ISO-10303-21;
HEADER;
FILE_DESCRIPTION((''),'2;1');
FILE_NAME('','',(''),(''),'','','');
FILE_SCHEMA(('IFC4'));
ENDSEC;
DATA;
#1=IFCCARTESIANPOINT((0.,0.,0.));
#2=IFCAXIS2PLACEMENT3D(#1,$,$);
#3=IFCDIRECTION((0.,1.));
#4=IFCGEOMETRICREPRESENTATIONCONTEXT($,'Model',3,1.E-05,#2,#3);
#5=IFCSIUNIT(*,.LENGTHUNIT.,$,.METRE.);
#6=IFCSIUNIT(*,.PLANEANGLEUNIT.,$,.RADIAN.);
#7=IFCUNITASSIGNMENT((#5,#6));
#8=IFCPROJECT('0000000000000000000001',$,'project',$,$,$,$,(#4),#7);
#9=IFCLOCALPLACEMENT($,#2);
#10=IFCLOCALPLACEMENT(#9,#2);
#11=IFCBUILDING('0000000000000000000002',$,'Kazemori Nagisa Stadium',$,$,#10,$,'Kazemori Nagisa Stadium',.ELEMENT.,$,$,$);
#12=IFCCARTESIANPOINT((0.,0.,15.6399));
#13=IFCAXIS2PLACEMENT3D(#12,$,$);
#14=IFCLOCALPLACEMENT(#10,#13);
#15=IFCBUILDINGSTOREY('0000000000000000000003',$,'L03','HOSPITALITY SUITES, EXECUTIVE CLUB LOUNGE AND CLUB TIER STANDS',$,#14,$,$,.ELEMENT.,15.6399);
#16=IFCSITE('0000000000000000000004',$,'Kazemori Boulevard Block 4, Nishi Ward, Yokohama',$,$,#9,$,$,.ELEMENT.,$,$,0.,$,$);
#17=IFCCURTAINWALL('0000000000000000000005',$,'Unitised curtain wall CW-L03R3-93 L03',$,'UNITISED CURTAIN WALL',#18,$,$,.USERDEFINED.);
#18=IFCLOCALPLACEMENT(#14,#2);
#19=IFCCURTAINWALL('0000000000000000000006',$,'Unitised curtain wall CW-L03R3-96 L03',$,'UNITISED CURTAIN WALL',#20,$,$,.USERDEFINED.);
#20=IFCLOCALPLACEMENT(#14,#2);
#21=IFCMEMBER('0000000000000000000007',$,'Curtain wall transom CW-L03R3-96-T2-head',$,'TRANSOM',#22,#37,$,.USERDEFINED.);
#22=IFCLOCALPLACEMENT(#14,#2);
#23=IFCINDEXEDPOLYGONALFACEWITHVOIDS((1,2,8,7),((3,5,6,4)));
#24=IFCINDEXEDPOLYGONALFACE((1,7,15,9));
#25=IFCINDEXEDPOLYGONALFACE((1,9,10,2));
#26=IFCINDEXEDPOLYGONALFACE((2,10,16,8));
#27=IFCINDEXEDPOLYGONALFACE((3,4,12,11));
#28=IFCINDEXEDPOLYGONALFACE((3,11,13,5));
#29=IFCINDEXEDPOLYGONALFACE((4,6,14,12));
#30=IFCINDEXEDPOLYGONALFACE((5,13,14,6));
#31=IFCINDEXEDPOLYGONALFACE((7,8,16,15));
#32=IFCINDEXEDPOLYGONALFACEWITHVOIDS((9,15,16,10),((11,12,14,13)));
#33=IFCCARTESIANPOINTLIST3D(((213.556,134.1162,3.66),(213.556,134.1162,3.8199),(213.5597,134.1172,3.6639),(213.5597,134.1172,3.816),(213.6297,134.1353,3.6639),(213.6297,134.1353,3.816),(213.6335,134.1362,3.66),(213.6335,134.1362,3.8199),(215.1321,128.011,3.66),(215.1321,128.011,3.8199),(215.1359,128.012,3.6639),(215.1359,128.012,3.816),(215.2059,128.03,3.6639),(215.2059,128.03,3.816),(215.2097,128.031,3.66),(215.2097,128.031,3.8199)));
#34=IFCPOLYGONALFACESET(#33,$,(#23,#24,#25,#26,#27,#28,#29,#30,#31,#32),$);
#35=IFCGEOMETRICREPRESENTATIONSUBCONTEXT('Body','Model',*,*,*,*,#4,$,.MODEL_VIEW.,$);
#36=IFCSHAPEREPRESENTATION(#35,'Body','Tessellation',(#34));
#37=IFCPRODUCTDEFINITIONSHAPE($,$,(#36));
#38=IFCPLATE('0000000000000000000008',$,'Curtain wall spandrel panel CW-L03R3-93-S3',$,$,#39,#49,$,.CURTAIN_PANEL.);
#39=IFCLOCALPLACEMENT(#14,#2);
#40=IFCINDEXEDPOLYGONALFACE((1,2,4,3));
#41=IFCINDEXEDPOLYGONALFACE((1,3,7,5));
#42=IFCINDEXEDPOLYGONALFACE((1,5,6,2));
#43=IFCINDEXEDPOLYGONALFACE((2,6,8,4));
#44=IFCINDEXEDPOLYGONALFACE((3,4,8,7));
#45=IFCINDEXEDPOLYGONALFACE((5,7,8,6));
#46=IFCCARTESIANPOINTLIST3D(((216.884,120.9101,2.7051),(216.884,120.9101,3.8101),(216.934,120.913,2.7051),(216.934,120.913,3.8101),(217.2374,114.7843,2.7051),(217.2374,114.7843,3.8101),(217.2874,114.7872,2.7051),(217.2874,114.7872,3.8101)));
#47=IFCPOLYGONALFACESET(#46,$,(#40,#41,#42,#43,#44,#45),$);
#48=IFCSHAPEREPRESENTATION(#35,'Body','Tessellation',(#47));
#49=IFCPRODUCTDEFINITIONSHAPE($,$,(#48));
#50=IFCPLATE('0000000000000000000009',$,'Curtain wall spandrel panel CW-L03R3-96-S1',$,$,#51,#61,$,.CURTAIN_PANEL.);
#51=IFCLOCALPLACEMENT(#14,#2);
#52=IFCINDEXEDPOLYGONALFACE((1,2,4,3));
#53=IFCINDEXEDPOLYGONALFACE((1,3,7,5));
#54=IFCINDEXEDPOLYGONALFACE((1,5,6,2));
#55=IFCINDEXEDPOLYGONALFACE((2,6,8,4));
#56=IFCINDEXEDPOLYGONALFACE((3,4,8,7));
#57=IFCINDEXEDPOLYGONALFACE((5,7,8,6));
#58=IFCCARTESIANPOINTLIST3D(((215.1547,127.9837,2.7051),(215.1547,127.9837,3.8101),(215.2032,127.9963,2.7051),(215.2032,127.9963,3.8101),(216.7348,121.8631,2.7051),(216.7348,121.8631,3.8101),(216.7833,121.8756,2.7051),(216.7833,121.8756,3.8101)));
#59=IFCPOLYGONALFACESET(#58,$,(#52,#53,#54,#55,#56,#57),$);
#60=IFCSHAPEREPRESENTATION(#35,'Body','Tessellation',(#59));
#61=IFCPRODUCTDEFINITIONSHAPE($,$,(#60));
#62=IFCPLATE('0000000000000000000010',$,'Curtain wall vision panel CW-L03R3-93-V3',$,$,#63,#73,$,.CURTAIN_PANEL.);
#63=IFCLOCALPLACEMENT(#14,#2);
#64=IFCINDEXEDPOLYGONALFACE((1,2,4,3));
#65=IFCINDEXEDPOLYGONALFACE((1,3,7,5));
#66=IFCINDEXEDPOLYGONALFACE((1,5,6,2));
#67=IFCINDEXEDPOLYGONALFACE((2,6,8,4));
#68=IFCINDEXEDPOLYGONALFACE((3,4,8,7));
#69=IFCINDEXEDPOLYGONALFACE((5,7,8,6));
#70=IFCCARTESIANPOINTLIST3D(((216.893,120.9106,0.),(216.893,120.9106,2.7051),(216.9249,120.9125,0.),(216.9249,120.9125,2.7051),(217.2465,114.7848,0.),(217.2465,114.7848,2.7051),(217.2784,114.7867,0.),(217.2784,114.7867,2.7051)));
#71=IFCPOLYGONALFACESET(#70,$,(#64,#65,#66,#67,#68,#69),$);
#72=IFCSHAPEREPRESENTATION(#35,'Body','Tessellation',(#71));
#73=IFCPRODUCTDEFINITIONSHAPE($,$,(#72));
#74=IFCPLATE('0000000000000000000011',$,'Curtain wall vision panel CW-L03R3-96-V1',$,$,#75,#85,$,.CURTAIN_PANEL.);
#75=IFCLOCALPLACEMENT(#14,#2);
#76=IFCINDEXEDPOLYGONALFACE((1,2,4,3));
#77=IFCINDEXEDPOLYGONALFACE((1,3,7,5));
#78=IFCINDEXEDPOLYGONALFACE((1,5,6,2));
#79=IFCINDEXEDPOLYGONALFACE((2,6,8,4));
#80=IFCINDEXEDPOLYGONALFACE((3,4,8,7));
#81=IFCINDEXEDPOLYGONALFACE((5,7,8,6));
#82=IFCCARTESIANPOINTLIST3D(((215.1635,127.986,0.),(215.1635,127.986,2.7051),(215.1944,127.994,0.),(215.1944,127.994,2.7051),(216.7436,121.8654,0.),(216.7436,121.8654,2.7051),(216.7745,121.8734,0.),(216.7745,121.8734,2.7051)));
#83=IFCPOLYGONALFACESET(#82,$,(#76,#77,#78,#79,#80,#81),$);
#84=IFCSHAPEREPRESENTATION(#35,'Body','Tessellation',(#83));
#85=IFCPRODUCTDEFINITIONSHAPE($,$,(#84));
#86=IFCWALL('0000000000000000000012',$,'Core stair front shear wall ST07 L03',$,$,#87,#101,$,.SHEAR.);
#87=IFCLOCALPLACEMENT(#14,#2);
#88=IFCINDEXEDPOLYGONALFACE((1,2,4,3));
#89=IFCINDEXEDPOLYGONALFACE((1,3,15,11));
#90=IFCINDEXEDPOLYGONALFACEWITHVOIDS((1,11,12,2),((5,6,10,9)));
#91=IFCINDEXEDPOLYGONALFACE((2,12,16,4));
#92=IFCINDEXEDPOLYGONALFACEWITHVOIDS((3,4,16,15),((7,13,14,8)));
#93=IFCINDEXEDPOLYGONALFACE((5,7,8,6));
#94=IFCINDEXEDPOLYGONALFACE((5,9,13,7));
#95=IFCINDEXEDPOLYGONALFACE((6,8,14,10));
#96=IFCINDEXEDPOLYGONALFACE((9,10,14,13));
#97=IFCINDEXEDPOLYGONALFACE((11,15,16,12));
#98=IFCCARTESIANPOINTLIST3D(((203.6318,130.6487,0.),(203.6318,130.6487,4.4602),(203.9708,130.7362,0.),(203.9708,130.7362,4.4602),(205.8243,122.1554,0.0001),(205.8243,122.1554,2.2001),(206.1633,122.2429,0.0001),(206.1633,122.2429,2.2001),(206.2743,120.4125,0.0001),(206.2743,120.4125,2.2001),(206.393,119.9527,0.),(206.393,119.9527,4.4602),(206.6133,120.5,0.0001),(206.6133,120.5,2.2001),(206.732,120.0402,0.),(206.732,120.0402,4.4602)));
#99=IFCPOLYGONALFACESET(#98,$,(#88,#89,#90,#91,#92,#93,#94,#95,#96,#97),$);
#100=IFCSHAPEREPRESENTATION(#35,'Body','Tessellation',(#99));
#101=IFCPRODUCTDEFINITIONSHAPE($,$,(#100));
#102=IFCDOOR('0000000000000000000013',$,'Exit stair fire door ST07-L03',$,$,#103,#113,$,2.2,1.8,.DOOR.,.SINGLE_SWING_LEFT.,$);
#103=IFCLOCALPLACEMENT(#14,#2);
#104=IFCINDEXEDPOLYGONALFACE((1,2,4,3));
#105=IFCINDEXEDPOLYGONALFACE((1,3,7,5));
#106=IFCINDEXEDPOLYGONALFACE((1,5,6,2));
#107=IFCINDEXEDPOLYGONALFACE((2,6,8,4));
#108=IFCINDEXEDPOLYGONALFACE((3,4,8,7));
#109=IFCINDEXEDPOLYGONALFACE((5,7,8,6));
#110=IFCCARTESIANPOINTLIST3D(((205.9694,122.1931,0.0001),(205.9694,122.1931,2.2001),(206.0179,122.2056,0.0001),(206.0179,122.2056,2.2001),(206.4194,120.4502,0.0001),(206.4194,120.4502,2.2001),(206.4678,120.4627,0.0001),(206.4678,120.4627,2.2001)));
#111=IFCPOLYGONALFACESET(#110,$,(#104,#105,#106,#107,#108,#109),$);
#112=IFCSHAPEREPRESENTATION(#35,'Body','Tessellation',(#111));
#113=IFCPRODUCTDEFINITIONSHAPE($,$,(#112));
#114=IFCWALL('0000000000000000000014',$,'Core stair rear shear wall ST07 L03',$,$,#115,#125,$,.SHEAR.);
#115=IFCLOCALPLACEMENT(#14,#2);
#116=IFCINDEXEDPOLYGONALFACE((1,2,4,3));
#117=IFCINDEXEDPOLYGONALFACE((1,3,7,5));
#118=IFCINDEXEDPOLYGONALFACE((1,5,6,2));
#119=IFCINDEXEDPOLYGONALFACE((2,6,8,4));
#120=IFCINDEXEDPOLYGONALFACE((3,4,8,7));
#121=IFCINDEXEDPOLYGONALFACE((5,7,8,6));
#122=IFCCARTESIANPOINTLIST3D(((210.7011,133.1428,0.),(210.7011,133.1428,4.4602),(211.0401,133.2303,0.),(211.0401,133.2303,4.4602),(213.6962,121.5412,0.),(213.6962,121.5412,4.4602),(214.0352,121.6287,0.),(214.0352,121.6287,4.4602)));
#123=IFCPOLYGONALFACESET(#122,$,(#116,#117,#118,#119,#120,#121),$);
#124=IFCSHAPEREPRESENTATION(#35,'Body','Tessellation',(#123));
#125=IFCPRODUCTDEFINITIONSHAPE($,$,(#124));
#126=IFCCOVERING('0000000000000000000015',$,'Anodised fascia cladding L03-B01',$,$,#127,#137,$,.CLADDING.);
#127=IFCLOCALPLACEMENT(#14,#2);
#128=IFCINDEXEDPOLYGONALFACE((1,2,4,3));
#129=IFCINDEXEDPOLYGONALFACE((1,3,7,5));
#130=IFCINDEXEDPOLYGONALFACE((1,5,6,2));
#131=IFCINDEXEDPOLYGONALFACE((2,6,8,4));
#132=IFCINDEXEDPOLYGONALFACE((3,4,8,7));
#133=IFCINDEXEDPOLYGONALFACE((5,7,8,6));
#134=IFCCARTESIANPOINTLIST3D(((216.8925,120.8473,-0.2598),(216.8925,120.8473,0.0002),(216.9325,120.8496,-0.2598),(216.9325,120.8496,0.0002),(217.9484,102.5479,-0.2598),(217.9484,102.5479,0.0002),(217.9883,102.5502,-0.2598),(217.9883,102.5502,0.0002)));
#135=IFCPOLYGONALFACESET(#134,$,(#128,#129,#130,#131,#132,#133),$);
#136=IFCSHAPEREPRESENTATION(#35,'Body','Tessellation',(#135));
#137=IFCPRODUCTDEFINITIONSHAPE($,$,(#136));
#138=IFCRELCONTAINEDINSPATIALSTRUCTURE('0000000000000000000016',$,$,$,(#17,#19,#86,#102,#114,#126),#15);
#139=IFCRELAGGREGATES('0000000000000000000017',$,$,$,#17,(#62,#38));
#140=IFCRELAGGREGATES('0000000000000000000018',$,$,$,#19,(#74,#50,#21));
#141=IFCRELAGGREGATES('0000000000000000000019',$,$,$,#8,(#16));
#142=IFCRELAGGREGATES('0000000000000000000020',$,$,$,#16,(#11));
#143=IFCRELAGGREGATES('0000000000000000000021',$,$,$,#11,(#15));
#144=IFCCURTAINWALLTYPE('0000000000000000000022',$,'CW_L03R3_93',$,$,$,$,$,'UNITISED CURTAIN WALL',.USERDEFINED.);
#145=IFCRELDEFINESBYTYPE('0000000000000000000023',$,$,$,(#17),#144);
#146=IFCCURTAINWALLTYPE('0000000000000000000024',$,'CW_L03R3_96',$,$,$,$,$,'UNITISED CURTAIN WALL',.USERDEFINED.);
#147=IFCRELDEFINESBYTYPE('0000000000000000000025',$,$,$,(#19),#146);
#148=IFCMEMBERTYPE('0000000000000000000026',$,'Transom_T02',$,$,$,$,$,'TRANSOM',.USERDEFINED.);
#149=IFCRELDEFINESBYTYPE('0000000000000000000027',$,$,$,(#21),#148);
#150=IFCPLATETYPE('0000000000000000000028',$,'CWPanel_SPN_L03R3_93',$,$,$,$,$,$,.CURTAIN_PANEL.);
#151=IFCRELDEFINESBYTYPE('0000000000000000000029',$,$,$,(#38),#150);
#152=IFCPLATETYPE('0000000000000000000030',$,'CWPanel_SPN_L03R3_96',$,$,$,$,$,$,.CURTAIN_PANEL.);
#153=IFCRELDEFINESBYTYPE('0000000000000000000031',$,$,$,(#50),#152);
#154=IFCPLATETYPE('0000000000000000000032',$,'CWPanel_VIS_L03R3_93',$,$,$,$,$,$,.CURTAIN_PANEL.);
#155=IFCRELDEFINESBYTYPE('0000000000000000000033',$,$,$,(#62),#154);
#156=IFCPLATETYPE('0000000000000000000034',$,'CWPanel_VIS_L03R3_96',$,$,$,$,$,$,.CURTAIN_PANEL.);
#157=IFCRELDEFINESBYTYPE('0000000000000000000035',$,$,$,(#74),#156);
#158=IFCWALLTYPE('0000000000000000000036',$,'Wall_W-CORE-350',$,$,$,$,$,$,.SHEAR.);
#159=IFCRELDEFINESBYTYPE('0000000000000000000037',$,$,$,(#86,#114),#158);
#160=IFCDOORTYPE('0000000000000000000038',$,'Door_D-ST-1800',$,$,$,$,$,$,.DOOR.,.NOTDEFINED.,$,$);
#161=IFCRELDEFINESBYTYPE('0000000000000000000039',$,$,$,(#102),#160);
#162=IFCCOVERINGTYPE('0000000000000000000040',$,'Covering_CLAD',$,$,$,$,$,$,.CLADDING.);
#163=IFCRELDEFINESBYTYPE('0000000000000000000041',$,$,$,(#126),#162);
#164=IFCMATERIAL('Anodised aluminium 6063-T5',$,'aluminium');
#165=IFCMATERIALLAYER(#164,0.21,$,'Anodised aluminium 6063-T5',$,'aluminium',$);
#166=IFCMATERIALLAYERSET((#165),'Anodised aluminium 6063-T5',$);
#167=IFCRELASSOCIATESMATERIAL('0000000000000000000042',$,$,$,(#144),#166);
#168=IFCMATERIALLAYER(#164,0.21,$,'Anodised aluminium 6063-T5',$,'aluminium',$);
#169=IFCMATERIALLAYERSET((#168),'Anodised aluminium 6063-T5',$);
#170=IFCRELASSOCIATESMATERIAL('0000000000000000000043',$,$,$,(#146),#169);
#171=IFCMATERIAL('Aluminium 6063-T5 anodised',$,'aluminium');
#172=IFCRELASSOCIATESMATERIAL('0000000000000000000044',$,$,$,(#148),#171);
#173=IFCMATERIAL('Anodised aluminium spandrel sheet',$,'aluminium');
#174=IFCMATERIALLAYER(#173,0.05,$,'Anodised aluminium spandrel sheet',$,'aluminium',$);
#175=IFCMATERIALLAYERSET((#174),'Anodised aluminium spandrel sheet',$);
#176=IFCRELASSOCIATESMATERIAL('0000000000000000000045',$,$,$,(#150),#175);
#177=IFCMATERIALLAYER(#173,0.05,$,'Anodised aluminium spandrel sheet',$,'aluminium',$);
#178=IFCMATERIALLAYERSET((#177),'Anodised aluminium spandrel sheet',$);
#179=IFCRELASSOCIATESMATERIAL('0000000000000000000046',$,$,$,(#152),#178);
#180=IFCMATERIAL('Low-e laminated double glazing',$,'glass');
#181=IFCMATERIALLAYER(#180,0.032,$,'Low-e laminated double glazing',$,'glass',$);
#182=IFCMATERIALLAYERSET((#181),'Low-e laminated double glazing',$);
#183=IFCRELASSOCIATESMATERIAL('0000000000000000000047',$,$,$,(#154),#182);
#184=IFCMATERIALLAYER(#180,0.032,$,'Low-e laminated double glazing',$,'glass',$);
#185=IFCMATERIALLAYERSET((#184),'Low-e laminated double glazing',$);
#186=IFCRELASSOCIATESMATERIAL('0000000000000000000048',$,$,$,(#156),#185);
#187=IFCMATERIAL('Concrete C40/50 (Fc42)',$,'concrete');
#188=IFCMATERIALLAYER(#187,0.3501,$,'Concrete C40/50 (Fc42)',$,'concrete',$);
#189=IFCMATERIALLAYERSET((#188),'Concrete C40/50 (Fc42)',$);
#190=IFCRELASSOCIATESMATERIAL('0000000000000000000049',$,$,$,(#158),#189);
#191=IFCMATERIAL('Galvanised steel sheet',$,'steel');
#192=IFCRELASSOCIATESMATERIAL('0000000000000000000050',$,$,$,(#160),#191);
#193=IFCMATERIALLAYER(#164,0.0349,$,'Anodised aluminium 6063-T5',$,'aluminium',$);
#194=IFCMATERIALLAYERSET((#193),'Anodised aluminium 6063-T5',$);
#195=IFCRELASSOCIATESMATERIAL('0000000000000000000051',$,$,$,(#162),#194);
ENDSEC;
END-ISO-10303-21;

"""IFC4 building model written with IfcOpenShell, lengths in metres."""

from ifc_helpers import new_model, si_unit, direction, frame, frame_2d, origin, origin_2d, place, context, subcontext, project, spatial, rectangle, hollow_rectangle, extrude, material, layer, layer_set, material_profile, profile_set, type_object, element, fill, aggregate, save


model = new_model("IFC4")

# Units and contexts
model_context = context("Model", 3, precision=1e-05, world=origin(), true_north=direction((0.0, 1.0)))
body_context = subcontext(model_context, "Body", "Model", "MODEL_VIEW")
ifc_project = project(units=[si_unit("LENGTHUNIT", "METRE"), si_unit("PLANEANGLEUNIT", "RADIAN")], contexts=[model_context])

# Site, building, storey
site_placement = place(None, origin())
site = spatial("IfcSite", under=ifc_project, at=site_placement, Name="Kazemori Boulevard Block 4, Nishi Ward, Yokohama", CompositionType="ELEMENT", RefElevation=0.0)
building_placement = place(site_placement, origin())
building = spatial("IfcBuilding", under=site, at=building_placement, Name="Kazemori Nagisa Stadium", LongName="Kazemori Nagisa Stadium", CompositionType="ELEMENT")
storey_placement = place(building_placement, frame((0.0, 0.0, 15.6399)))
storey = spatial("IfcBuildingStorey", under=building, at=storey_placement, Name="L03", Description="HOSPITALITY SUITES, EXECUTIVE CLUB LOUNGE AND CLUB TIER STANDS", CompositionType="ELEMENT", Elevation=15.6399)

# Shared definitions
ifc_material_1 = material(Name="Concrete C40/50 (Fc42)", Category="concrete")

# Curtain walls
ifc_material_2 = material(Name="Anodised aluminium 6063-T5", Category="aluminium")
ifc_layer_1 = layer(ifc_material_2, 0.21, Name="Anodised aluminium 6063-T5", Category="aluminium")
ifc_layer_set_1 = layer_set([ifc_layer_1], Name="Anodised aluminium 6063-T5")
curtain_wall_type_1 = type_object("IfcCurtainWallType", Name="CW_L03R3_93", ElementType="UNITISED CURTAIN WALL", PredefinedType="USERDEFINED", material=ifc_layer_set_1)
curtain_wall_1_placement = place(storey_placement, origin())
curtain_wall_1 = element("IfcCurtainWall", 1, at=curtain_wall_1_placement, inside=storey, type_object=curtain_wall_type_1, Name="Unitised curtain wall CW-L03R3-93 L03", ObjectType="UNITISED CURTAIN WALL", PredefinedType="USERDEFINED")
ifc_material_3 = material(Name="Aluminium 6063-T5 anodised", Category="aluminium")
ifc_layer_2 = layer(ifc_material_2, 0.21, Name="Anodised aluminium 6063-T5", Category="aluminium")
ifc_layer_set_2 = layer_set([ifc_layer_2], Name="Anodised aluminium 6063-T5")
curtain_wall_type_2 = type_object("IfcCurtainWallType", Name="CW_L03R3_96", ElementType="UNITISED CURTAIN WALL", PredefinedType="USERDEFINED", material=ifc_layer_set_2)
curtain_wall_2_placement = place(storey_placement, origin())
curtain_wall_2 = element("IfcCurtainWall", 2, at=curtain_wall_2_placement, inside=storey, type_object=curtain_wall_type_2, Name="Unitised curtain wall CW-L03R3-96 L03", ObjectType="UNITISED CURTAIN WALL", PredefinedType="USERDEFINED")

# Member
ifc_material_profile_1 = material_profile(ifc_material_3, hollow_rectangle(XDim=0.0801, YDim=0.1599, WallThickness=0.0039, at=origin_2d()), Name="ALU-TRAN-80x160x4")
ifc_profile_set_1 = profile_set([ifc_material_profile_1], Name="Aluminium 6063-T5 anodised")
member_type_1 = type_object("IfcMemberType", Name="Transom_T02", ElementType="TRANSOM", PredefinedType="USERDEFINED", material=ifc_profile_set_1)
member_1_placement = place(storey_placement, frame((215.1709, 128.021, 3.74), z_axis=(-0.249972, 0.968253, 0.0), x_axis=(-0.968253, -0.249972, 0.0)))
member_1 = element("IfcMember", 3, at=member_1_placement, type_object=member_type_1, Name="Curtain wall transom CW-L03R3-96-T2-head", ObjectType="TRANSOM", PredefinedType="USERDEFINED", context=body_context, shape_type="SweptSolid", body=[
    extrude(hollow_rectangle(XDim=0.0801, YDim=0.1599, WallThickness=0.0039, at=origin_2d()), origin(), (0.0, 0.0, 1.0), 6.3054),
])

# Plates
ifc_material_4 = material(Name="Anodised aluminium spandrel sheet", Category="aluminium")
ifc_layer_3 = layer(ifc_material_4, 0.05, Name="Anodised aluminium spandrel sheet", Category="aluminium")
ifc_layer_set_3 = layer_set([ifc_layer_3], Name="Anodised aluminium spandrel sheet")
plate_type_1 = type_object("IfcPlateType", Name="CWPanel_SPN_L03R3_93", PredefinedType="CURTAIN_PANEL", material=ifc_layer_set_3)
plate_1_placement = place(storey_placement, frame((217.0857, 117.8486, 2.7051), z_axis=(0.0, 0.0, 1.0), x_axis=(-0.057602, 0.99834, 0.0)))
plate_1 = element("IfcPlate", 4, at=plate_1_placement, type_object=plate_type_1, Name="Curtain wall spandrel panel CW-L03R3-93-S3", PredefinedType="CURTAIN_PANEL", context=body_context, shape_type="SweptSolid", body=[
    extrude(rectangle(XDim=6.136, YDim=0.05, at=origin_2d()), origin(), (0.0, 0.0, 1.0), 1.105),
])
ifc_layer_4 = layer(ifc_material_4, 0.05, Name="Anodised aluminium spandrel sheet", Category="aluminium")
ifc_layer_set_4 = layer_set([ifc_layer_4], Name="Anodised aluminium spandrel sheet")
plate_type_2 = type_object("IfcPlateType", Name="CWPanel_SPN_L03R3_96", PredefinedType="CURTAIN_PANEL", material=ifc_layer_set_4)
plate_2_placement = place(storey_placement, frame((215.969, 124.9297, 2.7051), z_axis=(0.0, 0.0, 1.0), x_axis=(-0.249965, 0.968255, 0.0)))
plate_2 = element("IfcPlate", 5, at=plate_2_placement, type_object=plate_type_2, Name="Curtain wall spandrel panel CW-L03R3-96-S1", PredefinedType="CURTAIN_PANEL", context=body_context, shape_type="SweptSolid", body=[
    extrude(rectangle(XDim=6.3213, YDim=0.05, at=origin_2d()), origin(), (0.0, 0.0, 1.0), 1.105),
])
ifc_material_5 = material(Name="Low-e laminated double glazing", Category="glass")
ifc_layer_5 = layer(ifc_material_5, 0.032, Name="Low-e laminated double glazing", Category="glass")
ifc_layer_set_5 = layer_set([ifc_layer_5], Name="Low-e laminated double glazing")
plate_type_3 = type_object("IfcPlateType", Name="CWPanel_VIS_L03R3_93", PredefinedType="CURTAIN_PANEL", material=ifc_layer_set_5)
plate_3_placement = place(storey_placement, frame((217.0857, 117.8486, 0.0), z_axis=(0.0, 0.0, 1.0), x_axis=(-0.057602, 0.99834, 0.0)))
plate_3 = element("IfcPlate", 6, at=plate_3_placement, type_object=plate_type_3, Name="Curtain wall vision panel CW-L03R3-93-V3", PredefinedType="CURTAIN_PANEL", context=body_context, shape_type="SweptSolid", body=[
    extrude(rectangle(XDim=6.136, YDim=0.032, at=origin_2d()), origin(), (0.0, 0.0, 1.0), 2.7051),
])
aggregate(curtain_wall_1, [plate_3, plate_1])
ifc_layer_6 = layer(ifc_material_5, 0.032, Name="Low-e laminated double glazing", Category="glass")
ifc_layer_set_6 = layer_set([ifc_layer_6], Name="Low-e laminated double glazing")
plate_type_4 = type_object("IfcPlateType", Name="CWPanel_VIS_L03R3_96", PredefinedType="CURTAIN_PANEL", material=ifc_layer_set_6)
plate_4_placement = place(storey_placement, frame((215.969, 124.9297, 0.0), z_axis=(0.0, 0.0, 1.0), x_axis=(-0.249965, 0.968255, 0.0)))
plate_4 = element("IfcPlate", 7, at=plate_4_placement, type_object=plate_type_4, Name="Curtain wall vision panel CW-L03R3-96-V1", PredefinedType="CURTAIN_PANEL", context=body_context, shape_type="SweptSolid", body=[
    extrude(rectangle(XDim=6.3213, YDim=0.032, at=origin_2d()), origin(), (0.0, 0.0, 1.0), 2.7051),
])
aggregate(curtain_wall_2, [plate_4, plate_2, member_1])

# Wall, opening, door
ifc_layer_7 = layer(ifc_material_1, 0.3501, Name="Concrete C40/50 (Fc42)", Category="concrete")
ifc_layer_set_7 = layer_set([ifc_layer_7], Name="Concrete C40/50 (Fc42)")
wall_type = type_object("IfcWallType", Name="Wall_W-CORE-350", PredefinedType="SHEAR", material=ifc_layer_set_7)
wall_1_placement = place(storey_placement, frame((206.5625, 119.9963, 0.0), z_axis=(0.0, 0.0, 1.0), x_axis=(-0.24996, 0.968256, 0.0)))
wall_1 = element("IfcWall", 8, at=wall_1_placement, inside=storey, type_object=wall_type, Name="Core stair front shear wall ST07 L03", PredefinedType="SHEAR", context=body_context, shape_type="SweptSolid", body=[
    extrude(rectangle(XDim=11.0466, YDim=0.3501, at=frame_2d((5.5234, 0.0))), origin(), (0.0, 0.0, 1.0), 4.4602),
])
opening_placement = place(wall_1_placement, frame((0.4751, 0.0, 0.0)))
opening = element("IfcOpeningElement", 9, at=opening_placement, cuts=wall_1, PredefinedType="OPENING", context=body_context, shape_type="SweptSolid", body=[
    extrude(rectangle(XDim=1.8, YDim=2.2, at=frame_2d((0.8999, 1.1001))), frame((0.0, 0.1851, 0.0), z_axis=(0.0, -1.0, 0.0), x_axis=(1.0, 0.0, 0.0)), (0.0, 0.0, 1.0), 0.3701),
])
ifc_material_6 = material(Name="Galvanised steel sheet", Category="steel")
door_type = type_object("IfcDoorType", Name="Door_D-ST-1800", OperationType="NOTDEFINED", PredefinedType="DOOR", material=ifc_material_6)
door_placement = place(opening_placement, frame((1.8, 0.0, 0.0), z_axis=(0.0, 0.0, 1.0), x_axis=(-1.0, 0.0, 0.0)))
door = element("IfcDoor", 10, at=door_placement, inside=storey, type_object=door_type, Name="Exit stair fire door ST07-L03", OperationType="SINGLE_SWING_LEFT", OverallHeight=2.2, OverallWidth=1.8, PredefinedType="DOOR", context=body_context, shape_type="SweptSolid", body=[
    extrude(rectangle(XDim=1.8, YDim=2.2, at=frame_2d((0.8999, 1.1001))), frame((0.0, 0.0249, 0.0), z_axis=(0.0, -1.0, 0.0), x_axis=(1.0, 0.0, 0.0)), (0.0, 0.0, 1.0), 0.05),
])
fill(opening, door)

# Wall
wall_2_placement = place(storey_placement, frame((213.8657, 121.585, 0.0), z_axis=(0.0, 0.0, 1.0), x_axis=(-0.249969, 0.968254, 0.0)))
element("IfcWall", 11, at=wall_2_placement, inside=storey, type_object=wall_type, Name="Core stair rear shear wall ST07 L03", PredefinedType="SHEAR", context=body_context, shape_type="SweptSolid", body=[
    extrude(rectangle(XDim=11.9819, YDim=0.3501, at=frame_2d((5.991, 0.0))), origin(), (0.0, 0.0, 1.0), 4.4602),
])

# Covering
ifc_layer_8 = layer(ifc_material_2, 0.0349, Name="Anodised aluminium 6063-T5", Category="aluminium")
ifc_layer_set_8 = layer_set([ifc_layer_8], Name="Anodised aluminium 6063-T5")
covering_type = type_object("IfcCoveringType", Name="Covering_CLAD", PredefinedType="CLADDING", material=ifc_layer_set_8)
covering_placement = place(storey_placement, frame((217.4404, 111.6987, -0.2598), z_axis=(0.0, 0.0, 1.0), x_axis=(-0.057602, 0.99834, 0.0)))
element("IfcCovering", 12, at=covering_placement, inside=storey, type_object=covering_type, Name="Anodised fascia cladding L03-B01", PredefinedType="CLADDING", context=body_context, shape_type="SweptSolid", body=[
    extrude(rectangle(XDim=18.3298, YDim=0.04, at=origin_2d()), origin(), (0.0, 0.0, 1.0), 0.26),
])

save(model, "model.ifc")
